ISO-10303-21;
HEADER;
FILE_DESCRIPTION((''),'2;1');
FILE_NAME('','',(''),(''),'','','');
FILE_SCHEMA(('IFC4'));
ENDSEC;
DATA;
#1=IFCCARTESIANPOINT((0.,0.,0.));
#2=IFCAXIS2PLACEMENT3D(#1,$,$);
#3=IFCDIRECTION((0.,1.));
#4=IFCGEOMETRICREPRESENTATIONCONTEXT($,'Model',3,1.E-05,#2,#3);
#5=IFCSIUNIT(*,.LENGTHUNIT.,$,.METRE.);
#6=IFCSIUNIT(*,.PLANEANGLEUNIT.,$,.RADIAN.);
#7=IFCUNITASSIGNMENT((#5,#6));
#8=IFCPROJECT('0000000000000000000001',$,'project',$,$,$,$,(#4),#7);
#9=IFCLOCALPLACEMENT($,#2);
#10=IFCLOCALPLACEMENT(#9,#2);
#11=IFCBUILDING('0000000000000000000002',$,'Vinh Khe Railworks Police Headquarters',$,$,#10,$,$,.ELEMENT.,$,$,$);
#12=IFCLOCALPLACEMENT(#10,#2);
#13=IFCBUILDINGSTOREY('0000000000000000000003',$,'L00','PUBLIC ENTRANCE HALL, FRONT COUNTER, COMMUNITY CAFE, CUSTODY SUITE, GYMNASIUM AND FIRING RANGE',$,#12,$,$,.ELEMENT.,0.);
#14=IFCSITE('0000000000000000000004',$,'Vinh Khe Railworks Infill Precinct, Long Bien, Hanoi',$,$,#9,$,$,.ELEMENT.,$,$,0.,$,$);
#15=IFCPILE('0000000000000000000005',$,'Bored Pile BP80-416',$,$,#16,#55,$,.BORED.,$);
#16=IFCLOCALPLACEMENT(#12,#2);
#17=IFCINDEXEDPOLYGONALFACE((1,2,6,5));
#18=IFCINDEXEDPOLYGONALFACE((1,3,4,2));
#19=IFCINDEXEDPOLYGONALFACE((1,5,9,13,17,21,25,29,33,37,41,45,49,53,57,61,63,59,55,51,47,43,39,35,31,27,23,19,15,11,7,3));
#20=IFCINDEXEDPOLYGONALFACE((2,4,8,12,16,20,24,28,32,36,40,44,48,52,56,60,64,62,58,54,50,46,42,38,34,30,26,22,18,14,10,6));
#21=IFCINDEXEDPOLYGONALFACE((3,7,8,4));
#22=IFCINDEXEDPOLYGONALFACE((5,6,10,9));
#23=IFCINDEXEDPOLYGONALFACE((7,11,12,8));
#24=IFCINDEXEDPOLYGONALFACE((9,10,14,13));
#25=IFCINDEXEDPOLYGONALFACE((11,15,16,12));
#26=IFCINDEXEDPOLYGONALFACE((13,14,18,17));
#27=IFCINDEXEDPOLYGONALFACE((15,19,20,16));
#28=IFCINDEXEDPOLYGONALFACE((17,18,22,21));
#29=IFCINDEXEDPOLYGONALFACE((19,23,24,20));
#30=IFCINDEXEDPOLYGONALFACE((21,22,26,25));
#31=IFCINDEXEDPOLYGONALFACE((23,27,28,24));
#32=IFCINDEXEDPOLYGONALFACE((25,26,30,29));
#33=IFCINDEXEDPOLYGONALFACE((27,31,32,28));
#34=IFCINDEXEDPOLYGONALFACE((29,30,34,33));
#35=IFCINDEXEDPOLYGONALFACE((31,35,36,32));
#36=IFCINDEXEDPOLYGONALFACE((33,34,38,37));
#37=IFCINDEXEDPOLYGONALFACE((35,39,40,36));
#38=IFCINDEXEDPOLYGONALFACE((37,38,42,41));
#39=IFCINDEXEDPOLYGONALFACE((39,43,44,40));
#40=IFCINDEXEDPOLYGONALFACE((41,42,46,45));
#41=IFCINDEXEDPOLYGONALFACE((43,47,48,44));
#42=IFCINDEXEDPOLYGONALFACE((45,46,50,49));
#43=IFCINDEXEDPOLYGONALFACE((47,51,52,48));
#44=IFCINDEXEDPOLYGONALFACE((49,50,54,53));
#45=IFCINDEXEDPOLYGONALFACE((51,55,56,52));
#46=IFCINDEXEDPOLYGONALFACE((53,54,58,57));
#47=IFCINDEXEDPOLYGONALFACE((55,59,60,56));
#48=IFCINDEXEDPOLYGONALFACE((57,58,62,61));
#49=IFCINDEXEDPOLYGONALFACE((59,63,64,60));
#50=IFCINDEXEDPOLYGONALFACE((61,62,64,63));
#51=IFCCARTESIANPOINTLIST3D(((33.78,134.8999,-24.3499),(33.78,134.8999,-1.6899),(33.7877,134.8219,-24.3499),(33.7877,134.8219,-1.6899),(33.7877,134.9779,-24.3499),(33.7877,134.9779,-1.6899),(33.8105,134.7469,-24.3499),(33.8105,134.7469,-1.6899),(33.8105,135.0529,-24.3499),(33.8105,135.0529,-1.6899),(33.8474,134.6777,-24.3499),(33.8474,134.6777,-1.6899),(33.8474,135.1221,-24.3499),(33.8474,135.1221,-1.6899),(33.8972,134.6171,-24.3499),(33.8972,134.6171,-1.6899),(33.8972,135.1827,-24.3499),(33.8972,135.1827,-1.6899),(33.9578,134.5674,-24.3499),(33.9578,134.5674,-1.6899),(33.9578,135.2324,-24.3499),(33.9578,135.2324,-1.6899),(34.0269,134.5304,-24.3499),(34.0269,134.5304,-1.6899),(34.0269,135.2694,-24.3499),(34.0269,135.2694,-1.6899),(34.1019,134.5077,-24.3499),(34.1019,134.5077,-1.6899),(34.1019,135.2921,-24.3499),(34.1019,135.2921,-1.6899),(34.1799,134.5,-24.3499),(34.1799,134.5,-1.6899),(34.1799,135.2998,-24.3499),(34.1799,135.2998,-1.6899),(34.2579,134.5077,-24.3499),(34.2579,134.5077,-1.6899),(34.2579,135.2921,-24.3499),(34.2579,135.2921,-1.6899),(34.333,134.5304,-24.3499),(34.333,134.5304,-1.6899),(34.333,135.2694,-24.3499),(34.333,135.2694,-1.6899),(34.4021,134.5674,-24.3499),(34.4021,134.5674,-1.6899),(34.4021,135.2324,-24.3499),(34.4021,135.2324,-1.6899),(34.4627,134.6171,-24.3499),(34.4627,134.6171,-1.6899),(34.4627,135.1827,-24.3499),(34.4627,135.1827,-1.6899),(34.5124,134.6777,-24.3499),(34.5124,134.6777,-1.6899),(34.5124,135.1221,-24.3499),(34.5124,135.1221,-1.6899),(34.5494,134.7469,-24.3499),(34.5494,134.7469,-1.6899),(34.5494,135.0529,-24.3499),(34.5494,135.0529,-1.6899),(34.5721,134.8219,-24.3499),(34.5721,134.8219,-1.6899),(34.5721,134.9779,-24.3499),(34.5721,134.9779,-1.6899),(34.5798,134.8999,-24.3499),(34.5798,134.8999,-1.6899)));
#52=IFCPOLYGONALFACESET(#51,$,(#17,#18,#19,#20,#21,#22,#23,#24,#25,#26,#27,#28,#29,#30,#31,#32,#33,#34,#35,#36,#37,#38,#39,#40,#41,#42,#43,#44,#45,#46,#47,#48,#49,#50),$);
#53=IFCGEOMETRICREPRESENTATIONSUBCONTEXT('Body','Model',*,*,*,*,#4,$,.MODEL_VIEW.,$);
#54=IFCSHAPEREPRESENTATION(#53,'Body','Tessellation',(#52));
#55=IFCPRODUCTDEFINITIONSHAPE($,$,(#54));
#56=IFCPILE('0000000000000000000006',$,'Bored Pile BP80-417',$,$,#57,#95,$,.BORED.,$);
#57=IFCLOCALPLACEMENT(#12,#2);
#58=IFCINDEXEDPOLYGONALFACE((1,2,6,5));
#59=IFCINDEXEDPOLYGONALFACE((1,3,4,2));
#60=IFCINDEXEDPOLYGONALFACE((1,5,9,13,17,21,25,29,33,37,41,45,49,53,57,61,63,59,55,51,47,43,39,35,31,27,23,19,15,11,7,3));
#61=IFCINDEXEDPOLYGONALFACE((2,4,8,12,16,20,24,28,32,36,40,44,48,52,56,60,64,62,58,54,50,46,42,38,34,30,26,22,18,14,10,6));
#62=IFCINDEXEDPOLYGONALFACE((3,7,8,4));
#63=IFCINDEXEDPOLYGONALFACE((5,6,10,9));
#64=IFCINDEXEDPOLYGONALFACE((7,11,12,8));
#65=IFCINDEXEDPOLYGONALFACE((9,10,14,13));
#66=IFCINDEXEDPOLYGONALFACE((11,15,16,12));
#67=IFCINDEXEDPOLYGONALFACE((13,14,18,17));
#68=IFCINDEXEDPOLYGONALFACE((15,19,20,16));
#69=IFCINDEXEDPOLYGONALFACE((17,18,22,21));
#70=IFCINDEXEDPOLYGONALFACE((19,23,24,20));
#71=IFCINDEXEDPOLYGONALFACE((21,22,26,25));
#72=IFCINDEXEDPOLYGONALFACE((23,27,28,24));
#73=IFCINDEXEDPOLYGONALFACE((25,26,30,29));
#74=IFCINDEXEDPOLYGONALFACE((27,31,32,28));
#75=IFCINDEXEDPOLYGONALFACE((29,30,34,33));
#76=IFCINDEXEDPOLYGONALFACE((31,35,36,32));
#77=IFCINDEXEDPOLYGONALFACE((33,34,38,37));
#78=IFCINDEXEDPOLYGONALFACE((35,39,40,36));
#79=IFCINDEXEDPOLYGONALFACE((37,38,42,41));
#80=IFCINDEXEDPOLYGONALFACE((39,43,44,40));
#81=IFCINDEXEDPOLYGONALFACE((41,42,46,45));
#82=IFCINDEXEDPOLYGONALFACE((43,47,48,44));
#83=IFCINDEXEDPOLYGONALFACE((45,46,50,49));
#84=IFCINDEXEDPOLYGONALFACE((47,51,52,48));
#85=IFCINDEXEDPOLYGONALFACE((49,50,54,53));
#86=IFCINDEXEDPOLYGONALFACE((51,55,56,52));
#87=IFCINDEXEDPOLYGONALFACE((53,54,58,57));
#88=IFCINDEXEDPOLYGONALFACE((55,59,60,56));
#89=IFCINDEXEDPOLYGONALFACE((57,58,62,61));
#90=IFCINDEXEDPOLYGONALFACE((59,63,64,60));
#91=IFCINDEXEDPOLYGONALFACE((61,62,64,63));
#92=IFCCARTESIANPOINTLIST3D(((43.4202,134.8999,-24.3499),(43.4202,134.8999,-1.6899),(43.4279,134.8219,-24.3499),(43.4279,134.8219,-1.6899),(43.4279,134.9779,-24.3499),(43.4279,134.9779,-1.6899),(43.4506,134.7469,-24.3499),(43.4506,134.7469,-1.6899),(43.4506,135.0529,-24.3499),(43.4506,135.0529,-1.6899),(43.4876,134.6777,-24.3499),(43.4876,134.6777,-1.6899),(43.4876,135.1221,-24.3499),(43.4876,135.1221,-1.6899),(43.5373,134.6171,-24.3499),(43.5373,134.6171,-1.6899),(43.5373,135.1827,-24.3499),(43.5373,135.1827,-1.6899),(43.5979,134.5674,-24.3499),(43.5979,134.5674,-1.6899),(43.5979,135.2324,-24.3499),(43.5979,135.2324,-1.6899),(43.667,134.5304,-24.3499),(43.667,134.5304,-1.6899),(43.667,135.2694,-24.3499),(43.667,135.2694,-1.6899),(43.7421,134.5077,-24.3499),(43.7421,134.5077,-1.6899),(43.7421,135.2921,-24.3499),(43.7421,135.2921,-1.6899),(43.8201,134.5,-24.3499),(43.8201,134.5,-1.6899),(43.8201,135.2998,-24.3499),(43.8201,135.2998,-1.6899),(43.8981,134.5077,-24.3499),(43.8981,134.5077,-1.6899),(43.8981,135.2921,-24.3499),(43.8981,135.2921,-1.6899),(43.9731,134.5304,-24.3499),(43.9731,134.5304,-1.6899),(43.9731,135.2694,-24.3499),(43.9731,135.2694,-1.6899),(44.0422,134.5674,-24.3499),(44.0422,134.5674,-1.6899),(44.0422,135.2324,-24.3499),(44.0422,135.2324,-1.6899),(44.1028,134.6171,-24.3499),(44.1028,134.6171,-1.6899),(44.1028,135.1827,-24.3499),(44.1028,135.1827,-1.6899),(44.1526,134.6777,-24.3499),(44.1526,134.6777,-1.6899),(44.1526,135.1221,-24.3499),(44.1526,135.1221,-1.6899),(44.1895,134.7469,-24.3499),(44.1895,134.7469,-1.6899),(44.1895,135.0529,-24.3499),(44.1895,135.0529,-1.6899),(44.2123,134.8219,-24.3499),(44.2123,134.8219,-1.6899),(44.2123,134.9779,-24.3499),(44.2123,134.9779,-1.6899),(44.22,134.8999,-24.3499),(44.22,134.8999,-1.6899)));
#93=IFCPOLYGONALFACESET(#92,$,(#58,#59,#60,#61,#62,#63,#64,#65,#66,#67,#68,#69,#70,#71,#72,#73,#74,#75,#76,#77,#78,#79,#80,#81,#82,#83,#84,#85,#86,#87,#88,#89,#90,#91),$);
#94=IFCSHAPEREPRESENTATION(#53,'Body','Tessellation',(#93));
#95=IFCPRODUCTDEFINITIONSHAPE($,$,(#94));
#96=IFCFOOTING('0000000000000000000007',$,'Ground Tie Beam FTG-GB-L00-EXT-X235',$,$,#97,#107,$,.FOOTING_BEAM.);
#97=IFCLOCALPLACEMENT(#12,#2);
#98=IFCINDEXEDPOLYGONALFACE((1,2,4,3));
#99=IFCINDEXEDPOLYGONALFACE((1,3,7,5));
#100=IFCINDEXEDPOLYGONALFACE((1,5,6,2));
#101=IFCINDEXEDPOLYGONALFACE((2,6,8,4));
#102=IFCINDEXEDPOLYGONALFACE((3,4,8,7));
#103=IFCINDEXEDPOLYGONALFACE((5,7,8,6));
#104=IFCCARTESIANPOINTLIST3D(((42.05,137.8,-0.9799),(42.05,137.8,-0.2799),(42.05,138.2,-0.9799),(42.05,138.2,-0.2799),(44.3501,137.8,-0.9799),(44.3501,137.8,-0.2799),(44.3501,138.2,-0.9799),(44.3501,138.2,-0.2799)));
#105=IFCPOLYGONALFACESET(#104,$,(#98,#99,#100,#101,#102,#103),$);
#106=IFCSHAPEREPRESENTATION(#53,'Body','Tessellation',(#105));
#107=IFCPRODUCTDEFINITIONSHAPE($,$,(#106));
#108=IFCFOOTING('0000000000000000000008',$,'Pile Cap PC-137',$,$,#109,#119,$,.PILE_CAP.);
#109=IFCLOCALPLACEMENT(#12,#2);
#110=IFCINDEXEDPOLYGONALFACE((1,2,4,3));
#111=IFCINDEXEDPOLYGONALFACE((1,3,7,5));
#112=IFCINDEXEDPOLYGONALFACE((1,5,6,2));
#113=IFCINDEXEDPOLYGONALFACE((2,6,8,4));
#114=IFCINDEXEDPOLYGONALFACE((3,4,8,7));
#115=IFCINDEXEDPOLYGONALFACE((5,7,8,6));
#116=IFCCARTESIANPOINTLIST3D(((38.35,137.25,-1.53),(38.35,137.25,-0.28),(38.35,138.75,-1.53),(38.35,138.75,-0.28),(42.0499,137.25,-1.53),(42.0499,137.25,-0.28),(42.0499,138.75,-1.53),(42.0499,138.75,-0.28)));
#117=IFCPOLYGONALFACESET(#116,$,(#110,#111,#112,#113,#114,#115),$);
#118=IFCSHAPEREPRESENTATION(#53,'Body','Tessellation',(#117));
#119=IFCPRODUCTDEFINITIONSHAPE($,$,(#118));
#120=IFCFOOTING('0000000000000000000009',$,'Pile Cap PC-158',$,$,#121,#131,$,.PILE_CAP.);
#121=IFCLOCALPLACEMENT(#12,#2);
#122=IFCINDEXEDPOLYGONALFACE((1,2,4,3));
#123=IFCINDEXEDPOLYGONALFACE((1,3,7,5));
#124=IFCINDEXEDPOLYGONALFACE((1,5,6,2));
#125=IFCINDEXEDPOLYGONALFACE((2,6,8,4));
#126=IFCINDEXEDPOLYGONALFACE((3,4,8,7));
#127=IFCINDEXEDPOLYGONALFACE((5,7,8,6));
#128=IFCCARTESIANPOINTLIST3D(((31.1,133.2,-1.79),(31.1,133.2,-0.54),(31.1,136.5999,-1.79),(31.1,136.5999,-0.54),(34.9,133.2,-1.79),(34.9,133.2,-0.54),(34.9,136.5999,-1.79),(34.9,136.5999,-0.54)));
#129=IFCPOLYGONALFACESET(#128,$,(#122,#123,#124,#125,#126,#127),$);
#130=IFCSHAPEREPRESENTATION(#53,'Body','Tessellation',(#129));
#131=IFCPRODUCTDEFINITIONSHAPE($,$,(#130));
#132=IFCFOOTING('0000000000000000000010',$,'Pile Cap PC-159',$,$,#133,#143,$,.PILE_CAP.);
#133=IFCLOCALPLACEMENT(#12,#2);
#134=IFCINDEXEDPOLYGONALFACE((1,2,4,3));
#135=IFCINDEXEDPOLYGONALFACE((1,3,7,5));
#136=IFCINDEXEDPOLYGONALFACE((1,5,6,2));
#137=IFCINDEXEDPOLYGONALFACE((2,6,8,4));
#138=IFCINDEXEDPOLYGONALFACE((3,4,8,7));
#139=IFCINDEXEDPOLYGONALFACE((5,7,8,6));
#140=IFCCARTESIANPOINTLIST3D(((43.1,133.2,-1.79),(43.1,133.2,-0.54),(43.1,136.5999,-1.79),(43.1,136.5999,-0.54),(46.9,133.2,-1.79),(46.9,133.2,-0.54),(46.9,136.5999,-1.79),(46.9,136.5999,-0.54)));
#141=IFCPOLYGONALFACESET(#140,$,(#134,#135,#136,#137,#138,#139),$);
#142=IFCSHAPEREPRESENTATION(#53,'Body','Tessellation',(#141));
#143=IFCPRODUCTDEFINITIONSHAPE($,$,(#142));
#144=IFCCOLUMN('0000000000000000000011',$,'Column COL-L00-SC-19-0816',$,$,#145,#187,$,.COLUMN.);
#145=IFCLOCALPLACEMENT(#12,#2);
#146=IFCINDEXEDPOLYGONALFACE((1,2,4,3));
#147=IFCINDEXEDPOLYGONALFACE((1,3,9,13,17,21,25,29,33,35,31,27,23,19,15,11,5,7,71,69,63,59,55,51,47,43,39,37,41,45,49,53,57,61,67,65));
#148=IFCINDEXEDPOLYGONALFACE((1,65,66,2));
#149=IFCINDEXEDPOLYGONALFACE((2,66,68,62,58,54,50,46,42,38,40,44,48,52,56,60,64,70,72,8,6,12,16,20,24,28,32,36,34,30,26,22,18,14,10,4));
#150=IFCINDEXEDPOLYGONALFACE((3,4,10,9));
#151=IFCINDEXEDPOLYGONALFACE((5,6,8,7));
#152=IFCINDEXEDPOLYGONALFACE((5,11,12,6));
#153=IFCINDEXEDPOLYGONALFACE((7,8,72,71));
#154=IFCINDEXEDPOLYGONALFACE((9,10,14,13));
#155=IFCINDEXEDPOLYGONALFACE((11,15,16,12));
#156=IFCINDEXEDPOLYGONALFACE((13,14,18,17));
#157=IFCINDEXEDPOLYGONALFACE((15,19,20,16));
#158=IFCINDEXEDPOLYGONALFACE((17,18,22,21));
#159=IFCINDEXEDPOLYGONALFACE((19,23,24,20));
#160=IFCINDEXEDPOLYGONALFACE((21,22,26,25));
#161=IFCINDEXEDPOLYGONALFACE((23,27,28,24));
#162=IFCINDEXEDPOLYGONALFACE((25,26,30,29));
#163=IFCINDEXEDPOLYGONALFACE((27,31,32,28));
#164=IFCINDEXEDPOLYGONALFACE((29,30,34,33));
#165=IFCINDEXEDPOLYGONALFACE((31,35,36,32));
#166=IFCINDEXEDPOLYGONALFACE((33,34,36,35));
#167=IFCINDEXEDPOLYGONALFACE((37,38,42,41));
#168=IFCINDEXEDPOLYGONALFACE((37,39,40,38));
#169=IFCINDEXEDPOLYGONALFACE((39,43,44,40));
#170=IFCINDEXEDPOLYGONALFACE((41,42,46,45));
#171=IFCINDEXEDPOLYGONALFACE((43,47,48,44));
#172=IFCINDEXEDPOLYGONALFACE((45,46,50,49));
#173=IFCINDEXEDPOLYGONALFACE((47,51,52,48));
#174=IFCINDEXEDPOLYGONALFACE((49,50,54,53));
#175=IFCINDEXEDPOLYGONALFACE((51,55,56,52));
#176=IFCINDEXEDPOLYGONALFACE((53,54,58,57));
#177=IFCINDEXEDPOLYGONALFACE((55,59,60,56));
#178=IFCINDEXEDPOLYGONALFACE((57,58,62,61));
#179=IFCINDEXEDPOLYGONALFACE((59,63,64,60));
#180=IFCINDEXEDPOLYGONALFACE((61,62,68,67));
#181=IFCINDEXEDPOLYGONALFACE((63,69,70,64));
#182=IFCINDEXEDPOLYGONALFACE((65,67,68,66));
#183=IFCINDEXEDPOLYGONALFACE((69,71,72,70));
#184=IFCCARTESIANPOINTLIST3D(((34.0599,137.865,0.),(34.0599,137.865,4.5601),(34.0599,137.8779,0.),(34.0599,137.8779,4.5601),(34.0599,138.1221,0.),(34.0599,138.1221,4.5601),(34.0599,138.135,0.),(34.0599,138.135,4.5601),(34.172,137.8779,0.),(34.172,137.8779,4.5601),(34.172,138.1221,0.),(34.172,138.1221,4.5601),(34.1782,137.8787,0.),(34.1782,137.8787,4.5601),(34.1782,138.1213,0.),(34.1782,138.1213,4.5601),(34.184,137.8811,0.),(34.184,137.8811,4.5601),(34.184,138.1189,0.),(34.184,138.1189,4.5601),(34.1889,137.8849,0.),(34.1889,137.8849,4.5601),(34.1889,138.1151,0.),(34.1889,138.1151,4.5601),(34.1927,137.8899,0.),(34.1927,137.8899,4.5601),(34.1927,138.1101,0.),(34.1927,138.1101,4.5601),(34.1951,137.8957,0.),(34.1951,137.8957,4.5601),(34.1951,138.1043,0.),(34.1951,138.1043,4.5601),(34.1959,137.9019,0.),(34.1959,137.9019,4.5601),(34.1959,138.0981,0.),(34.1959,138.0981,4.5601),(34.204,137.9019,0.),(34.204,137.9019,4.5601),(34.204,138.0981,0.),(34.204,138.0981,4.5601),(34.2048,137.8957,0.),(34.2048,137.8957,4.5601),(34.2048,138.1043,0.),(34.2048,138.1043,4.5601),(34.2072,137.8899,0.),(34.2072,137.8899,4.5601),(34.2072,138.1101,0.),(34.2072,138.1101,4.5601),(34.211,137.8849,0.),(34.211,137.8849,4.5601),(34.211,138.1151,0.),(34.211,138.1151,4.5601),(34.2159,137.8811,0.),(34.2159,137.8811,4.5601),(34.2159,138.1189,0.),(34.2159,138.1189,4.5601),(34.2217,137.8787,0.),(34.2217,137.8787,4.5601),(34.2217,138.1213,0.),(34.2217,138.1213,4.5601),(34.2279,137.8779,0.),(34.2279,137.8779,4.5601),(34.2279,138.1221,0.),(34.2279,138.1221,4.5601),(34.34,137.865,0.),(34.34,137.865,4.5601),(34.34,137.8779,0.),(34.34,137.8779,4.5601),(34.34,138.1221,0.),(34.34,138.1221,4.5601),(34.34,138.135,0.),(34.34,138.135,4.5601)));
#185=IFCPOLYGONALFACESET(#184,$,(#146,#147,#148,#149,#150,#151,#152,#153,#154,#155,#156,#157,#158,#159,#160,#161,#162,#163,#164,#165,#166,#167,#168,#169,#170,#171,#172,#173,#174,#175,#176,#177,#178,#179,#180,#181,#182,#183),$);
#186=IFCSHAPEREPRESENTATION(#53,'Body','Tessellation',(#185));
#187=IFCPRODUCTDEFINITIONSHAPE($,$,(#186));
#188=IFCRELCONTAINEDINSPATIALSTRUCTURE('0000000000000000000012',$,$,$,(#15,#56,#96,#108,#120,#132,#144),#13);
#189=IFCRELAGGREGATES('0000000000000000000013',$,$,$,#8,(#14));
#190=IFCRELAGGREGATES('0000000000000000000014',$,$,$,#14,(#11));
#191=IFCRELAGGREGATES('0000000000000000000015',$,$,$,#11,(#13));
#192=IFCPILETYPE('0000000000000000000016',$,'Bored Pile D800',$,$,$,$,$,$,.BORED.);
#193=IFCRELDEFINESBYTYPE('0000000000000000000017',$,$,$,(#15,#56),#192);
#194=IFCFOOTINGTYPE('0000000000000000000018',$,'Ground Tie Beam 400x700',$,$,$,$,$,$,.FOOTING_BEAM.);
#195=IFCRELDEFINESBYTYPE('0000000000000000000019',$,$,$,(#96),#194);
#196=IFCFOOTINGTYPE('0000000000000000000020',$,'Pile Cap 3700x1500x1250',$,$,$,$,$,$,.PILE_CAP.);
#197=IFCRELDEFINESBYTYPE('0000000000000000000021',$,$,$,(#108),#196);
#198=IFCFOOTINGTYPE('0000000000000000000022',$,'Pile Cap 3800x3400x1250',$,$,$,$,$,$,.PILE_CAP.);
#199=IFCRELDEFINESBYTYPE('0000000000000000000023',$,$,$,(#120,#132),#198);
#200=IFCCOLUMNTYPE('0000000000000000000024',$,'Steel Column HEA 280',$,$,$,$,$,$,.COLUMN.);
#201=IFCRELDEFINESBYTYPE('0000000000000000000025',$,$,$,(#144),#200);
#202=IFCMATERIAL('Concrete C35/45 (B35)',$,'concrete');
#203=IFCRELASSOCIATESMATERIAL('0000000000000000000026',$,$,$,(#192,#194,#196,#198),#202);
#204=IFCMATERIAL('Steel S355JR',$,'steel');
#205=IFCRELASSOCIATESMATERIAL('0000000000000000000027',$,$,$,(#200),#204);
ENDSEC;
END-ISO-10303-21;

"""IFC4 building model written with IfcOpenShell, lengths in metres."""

from ifc_helpers import new_model, si_unit, direction, frame, origin, origin_2d, place, context, subcontext, project, spatial, rectangle, circle, i_section, extrude, material, material_profile, profile_set, type_object, element, save


model = new_model("IFC4")

# Units and contexts
model_context = context("Model", 3, precision=1e-05, world=origin(), true_north=direction((0.0, 1.0)))
body_context = subcontext(model_context, "Body", "Model", "MODEL_VIEW")
ifc_project = project(units=[si_unit("LENGTHUNIT", "METRE"), si_unit("PLANEANGLEUNIT", "RADIAN")], contexts=[model_context])

# Site, building, storey
site_placement = place(None, origin())
site = spatial("IfcSite", under=ifc_project, at=site_placement, Name="Vinh Khe Railworks Infill Precinct, Long Bien, Hanoi", CompositionType="ELEMENT", RefElevation=0.0)
building_placement = place(site_placement, origin())
building = spatial("IfcBuilding", under=site, at=building_placement, Name="Vinh Khe Railworks Police Headquarters", CompositionType="ELEMENT")
storey_placement = place(building_placement, origin())
storey = spatial("IfcBuildingStorey", under=building, at=storey_placement, Name="L00", Description="PUBLIC ENTRANCE HALL, FRONT COUNTER, COMMUNITY CAFE, CUSTODY SUITE, GYMNASIUM AND FIRING RANGE", CompositionType="ELEMENT", Elevation=0.0)

# Piles
ifc_material_1 = material(Name="Concrete C35/45 (B35)", Category="concrete")
ifc_material_profile_1 = material_profile(ifc_material_1, circle(Radius=0.3999, at=origin_2d()), Name="BORED PILE D800")
ifc_profile_set_1 = profile_set([ifc_material_profile_1], Name="Concrete C35/45 (B35)")
pile_type = type_object("IfcPileType", Name="Bored Pile D800", PredefinedType="BORED", material=ifc_profile_set_1)
for number, where, z_axis, x_axis, name in (
    (1, (34.1799, 134.8999, -1.6899), (0.0, 0.0, -1.0), (1.0, 0.0, 0.0), "Bored Pile BP80-416"),
    (2, (43.8201, 134.8999, -1.6899), (0.0, 0.0, -1.0), (1.0, 0.0, 0.0), "Bored Pile BP80-417"),
):
    element("IfcPile", number, at=place(storey_placement, frame(where, z_axis=z_axis, x_axis=x_axis)), inside=storey, type_object=pile_type, Name=name, PredefinedType="BORED", context=body_context, shape_type="SweptSolid", body=[
        extrude(circle(Radius=0.3999, at=origin_2d()), origin(), (0.0, 0.0, 1.0), 22.6599),
    ])

# Footings
ifc_material_profile_2 = material_profile(ifc_material_1, rectangle(XDim=0.3999, YDim=0.7, at=origin_2d()), Name="RC 400x700")
ifc_profile_set_2 = profile_set([ifc_material_profile_2], Name="Concrete C35/45 (B35)")
footing_type_1 = type_object("IfcFootingType", Name="Ground Tie Beam 400x700", PredefinedType="FOOTING_BEAM", material=ifc_profile_set_2)
footing_1_placement = place(storey_placement, frame((42.05, 138.0, -0.6299), z_axis=(1.0, 0.0, 0.0), x_axis=(0.0, 1.0, 0.0)))
element("IfcFooting", 3, at=footing_1_placement, inside=storey, type_object=footing_type_1, Name="Ground Tie Beam FTG-GB-L00-EXT-X235", PredefinedType="FOOTING_BEAM", context=body_context, shape_type="SweptSolid", body=[
    extrude(rectangle(XDim=0.3999, YDim=0.7, at=origin_2d()), origin(), (0.0, 0.0, 1.0), 2.3),
])
footing_type_2 = type_object("IfcFootingType", Name="Pile Cap 3700x1500x1250", PredefinedType="PILE_CAP", material=ifc_material_1)
footing_2_placement = place(storey_placement, frame((40.2, 138.0, -1.53), z_axis=(0.0, 0.0, 1.0), x_axis=(1.0, 0.0, 0.0)))
element("IfcFooting", 4, at=footing_2_placement, inside=storey, type_object=footing_type_2, Name="Pile Cap PC-137", PredefinedType="PILE_CAP", context=body_context, shape_type="SweptSolid", body=[
    extrude(rectangle(XDim=3.7, YDim=1.5, at=origin_2d()), origin(), (0.0, 0.0, 1.0), 1.25),
])
footing_type_3 = type_object("IfcFootingType", Name="Pile Cap 3800x3400x1250", PredefinedType="PILE_CAP", material=ifc_material_1)
for number, where, z_axis, x_axis, name in (
    (5, (33.0, 134.8999, -1.79), (0.0, 0.0, 1.0), (1.0, 0.0, 0.0), "Pile Cap PC-158"),
    (6, (45.0, 134.8999, -1.79), (0.0, 0.0, 1.0), (1.0, 0.0, 0.0), "Pile Cap PC-159"),
):
    element("IfcFooting", number, at=place(storey_placement, frame(where, z_axis=z_axis, x_axis=x_axis)), inside=storey, type_object=footing_type_3, Name=name, PredefinedType="PILE_CAP", context=body_context, shape_type="SweptSolid", body=[
        extrude(rectangle(XDim=3.8, YDim=3.3999, at=origin_2d()), origin(), (0.0, 0.0, 1.0), 1.25),
    ])

# Column
ifc_material_2 = material(Name="Steel S355JR", Category="steel")
ifc_material_profile_3 = material_profile(ifc_material_2, i_section(OverallWidth=0.28, OverallDepth=0.27, WebThickness=0.0081, FlangeThickness=0.0129, FilletRadius=0.0239, at=origin_2d()), Name="HEA 280")
ifc_profile_set_3 = profile_set([ifc_material_profile_3], Name="Steel S355JR")
column_type_1 = type_object("IfcColumnType", Name="Steel Column HEA 280", PredefinedType="COLUMN", material=ifc_profile_set_3)
column_1_placement = place(storey_placement, frame((34.2, 138.0, 0.0), z_axis=(0.0, 0.0, 1.0), x_axis=(1.0, 0.0, 0.0)))
element("IfcColumn", 7, at=column_1_placement, inside=storey, type_object=column_type_1, Name="Column COL-L00-SC-19-0816", PredefinedType="COLUMN", context=body_context, shape_type="SweptSolid", body=[
    extrude(i_section(OverallWidth=0.28, OverallDepth=0.27, WebThickness=0.0081, FlangeThickness=0.0129, FilletRadius=0.0239, at=origin_2d()), origin(), (0.0, 0.0, 1.0), 4.5601),
])

save(model, "model.ifc")
